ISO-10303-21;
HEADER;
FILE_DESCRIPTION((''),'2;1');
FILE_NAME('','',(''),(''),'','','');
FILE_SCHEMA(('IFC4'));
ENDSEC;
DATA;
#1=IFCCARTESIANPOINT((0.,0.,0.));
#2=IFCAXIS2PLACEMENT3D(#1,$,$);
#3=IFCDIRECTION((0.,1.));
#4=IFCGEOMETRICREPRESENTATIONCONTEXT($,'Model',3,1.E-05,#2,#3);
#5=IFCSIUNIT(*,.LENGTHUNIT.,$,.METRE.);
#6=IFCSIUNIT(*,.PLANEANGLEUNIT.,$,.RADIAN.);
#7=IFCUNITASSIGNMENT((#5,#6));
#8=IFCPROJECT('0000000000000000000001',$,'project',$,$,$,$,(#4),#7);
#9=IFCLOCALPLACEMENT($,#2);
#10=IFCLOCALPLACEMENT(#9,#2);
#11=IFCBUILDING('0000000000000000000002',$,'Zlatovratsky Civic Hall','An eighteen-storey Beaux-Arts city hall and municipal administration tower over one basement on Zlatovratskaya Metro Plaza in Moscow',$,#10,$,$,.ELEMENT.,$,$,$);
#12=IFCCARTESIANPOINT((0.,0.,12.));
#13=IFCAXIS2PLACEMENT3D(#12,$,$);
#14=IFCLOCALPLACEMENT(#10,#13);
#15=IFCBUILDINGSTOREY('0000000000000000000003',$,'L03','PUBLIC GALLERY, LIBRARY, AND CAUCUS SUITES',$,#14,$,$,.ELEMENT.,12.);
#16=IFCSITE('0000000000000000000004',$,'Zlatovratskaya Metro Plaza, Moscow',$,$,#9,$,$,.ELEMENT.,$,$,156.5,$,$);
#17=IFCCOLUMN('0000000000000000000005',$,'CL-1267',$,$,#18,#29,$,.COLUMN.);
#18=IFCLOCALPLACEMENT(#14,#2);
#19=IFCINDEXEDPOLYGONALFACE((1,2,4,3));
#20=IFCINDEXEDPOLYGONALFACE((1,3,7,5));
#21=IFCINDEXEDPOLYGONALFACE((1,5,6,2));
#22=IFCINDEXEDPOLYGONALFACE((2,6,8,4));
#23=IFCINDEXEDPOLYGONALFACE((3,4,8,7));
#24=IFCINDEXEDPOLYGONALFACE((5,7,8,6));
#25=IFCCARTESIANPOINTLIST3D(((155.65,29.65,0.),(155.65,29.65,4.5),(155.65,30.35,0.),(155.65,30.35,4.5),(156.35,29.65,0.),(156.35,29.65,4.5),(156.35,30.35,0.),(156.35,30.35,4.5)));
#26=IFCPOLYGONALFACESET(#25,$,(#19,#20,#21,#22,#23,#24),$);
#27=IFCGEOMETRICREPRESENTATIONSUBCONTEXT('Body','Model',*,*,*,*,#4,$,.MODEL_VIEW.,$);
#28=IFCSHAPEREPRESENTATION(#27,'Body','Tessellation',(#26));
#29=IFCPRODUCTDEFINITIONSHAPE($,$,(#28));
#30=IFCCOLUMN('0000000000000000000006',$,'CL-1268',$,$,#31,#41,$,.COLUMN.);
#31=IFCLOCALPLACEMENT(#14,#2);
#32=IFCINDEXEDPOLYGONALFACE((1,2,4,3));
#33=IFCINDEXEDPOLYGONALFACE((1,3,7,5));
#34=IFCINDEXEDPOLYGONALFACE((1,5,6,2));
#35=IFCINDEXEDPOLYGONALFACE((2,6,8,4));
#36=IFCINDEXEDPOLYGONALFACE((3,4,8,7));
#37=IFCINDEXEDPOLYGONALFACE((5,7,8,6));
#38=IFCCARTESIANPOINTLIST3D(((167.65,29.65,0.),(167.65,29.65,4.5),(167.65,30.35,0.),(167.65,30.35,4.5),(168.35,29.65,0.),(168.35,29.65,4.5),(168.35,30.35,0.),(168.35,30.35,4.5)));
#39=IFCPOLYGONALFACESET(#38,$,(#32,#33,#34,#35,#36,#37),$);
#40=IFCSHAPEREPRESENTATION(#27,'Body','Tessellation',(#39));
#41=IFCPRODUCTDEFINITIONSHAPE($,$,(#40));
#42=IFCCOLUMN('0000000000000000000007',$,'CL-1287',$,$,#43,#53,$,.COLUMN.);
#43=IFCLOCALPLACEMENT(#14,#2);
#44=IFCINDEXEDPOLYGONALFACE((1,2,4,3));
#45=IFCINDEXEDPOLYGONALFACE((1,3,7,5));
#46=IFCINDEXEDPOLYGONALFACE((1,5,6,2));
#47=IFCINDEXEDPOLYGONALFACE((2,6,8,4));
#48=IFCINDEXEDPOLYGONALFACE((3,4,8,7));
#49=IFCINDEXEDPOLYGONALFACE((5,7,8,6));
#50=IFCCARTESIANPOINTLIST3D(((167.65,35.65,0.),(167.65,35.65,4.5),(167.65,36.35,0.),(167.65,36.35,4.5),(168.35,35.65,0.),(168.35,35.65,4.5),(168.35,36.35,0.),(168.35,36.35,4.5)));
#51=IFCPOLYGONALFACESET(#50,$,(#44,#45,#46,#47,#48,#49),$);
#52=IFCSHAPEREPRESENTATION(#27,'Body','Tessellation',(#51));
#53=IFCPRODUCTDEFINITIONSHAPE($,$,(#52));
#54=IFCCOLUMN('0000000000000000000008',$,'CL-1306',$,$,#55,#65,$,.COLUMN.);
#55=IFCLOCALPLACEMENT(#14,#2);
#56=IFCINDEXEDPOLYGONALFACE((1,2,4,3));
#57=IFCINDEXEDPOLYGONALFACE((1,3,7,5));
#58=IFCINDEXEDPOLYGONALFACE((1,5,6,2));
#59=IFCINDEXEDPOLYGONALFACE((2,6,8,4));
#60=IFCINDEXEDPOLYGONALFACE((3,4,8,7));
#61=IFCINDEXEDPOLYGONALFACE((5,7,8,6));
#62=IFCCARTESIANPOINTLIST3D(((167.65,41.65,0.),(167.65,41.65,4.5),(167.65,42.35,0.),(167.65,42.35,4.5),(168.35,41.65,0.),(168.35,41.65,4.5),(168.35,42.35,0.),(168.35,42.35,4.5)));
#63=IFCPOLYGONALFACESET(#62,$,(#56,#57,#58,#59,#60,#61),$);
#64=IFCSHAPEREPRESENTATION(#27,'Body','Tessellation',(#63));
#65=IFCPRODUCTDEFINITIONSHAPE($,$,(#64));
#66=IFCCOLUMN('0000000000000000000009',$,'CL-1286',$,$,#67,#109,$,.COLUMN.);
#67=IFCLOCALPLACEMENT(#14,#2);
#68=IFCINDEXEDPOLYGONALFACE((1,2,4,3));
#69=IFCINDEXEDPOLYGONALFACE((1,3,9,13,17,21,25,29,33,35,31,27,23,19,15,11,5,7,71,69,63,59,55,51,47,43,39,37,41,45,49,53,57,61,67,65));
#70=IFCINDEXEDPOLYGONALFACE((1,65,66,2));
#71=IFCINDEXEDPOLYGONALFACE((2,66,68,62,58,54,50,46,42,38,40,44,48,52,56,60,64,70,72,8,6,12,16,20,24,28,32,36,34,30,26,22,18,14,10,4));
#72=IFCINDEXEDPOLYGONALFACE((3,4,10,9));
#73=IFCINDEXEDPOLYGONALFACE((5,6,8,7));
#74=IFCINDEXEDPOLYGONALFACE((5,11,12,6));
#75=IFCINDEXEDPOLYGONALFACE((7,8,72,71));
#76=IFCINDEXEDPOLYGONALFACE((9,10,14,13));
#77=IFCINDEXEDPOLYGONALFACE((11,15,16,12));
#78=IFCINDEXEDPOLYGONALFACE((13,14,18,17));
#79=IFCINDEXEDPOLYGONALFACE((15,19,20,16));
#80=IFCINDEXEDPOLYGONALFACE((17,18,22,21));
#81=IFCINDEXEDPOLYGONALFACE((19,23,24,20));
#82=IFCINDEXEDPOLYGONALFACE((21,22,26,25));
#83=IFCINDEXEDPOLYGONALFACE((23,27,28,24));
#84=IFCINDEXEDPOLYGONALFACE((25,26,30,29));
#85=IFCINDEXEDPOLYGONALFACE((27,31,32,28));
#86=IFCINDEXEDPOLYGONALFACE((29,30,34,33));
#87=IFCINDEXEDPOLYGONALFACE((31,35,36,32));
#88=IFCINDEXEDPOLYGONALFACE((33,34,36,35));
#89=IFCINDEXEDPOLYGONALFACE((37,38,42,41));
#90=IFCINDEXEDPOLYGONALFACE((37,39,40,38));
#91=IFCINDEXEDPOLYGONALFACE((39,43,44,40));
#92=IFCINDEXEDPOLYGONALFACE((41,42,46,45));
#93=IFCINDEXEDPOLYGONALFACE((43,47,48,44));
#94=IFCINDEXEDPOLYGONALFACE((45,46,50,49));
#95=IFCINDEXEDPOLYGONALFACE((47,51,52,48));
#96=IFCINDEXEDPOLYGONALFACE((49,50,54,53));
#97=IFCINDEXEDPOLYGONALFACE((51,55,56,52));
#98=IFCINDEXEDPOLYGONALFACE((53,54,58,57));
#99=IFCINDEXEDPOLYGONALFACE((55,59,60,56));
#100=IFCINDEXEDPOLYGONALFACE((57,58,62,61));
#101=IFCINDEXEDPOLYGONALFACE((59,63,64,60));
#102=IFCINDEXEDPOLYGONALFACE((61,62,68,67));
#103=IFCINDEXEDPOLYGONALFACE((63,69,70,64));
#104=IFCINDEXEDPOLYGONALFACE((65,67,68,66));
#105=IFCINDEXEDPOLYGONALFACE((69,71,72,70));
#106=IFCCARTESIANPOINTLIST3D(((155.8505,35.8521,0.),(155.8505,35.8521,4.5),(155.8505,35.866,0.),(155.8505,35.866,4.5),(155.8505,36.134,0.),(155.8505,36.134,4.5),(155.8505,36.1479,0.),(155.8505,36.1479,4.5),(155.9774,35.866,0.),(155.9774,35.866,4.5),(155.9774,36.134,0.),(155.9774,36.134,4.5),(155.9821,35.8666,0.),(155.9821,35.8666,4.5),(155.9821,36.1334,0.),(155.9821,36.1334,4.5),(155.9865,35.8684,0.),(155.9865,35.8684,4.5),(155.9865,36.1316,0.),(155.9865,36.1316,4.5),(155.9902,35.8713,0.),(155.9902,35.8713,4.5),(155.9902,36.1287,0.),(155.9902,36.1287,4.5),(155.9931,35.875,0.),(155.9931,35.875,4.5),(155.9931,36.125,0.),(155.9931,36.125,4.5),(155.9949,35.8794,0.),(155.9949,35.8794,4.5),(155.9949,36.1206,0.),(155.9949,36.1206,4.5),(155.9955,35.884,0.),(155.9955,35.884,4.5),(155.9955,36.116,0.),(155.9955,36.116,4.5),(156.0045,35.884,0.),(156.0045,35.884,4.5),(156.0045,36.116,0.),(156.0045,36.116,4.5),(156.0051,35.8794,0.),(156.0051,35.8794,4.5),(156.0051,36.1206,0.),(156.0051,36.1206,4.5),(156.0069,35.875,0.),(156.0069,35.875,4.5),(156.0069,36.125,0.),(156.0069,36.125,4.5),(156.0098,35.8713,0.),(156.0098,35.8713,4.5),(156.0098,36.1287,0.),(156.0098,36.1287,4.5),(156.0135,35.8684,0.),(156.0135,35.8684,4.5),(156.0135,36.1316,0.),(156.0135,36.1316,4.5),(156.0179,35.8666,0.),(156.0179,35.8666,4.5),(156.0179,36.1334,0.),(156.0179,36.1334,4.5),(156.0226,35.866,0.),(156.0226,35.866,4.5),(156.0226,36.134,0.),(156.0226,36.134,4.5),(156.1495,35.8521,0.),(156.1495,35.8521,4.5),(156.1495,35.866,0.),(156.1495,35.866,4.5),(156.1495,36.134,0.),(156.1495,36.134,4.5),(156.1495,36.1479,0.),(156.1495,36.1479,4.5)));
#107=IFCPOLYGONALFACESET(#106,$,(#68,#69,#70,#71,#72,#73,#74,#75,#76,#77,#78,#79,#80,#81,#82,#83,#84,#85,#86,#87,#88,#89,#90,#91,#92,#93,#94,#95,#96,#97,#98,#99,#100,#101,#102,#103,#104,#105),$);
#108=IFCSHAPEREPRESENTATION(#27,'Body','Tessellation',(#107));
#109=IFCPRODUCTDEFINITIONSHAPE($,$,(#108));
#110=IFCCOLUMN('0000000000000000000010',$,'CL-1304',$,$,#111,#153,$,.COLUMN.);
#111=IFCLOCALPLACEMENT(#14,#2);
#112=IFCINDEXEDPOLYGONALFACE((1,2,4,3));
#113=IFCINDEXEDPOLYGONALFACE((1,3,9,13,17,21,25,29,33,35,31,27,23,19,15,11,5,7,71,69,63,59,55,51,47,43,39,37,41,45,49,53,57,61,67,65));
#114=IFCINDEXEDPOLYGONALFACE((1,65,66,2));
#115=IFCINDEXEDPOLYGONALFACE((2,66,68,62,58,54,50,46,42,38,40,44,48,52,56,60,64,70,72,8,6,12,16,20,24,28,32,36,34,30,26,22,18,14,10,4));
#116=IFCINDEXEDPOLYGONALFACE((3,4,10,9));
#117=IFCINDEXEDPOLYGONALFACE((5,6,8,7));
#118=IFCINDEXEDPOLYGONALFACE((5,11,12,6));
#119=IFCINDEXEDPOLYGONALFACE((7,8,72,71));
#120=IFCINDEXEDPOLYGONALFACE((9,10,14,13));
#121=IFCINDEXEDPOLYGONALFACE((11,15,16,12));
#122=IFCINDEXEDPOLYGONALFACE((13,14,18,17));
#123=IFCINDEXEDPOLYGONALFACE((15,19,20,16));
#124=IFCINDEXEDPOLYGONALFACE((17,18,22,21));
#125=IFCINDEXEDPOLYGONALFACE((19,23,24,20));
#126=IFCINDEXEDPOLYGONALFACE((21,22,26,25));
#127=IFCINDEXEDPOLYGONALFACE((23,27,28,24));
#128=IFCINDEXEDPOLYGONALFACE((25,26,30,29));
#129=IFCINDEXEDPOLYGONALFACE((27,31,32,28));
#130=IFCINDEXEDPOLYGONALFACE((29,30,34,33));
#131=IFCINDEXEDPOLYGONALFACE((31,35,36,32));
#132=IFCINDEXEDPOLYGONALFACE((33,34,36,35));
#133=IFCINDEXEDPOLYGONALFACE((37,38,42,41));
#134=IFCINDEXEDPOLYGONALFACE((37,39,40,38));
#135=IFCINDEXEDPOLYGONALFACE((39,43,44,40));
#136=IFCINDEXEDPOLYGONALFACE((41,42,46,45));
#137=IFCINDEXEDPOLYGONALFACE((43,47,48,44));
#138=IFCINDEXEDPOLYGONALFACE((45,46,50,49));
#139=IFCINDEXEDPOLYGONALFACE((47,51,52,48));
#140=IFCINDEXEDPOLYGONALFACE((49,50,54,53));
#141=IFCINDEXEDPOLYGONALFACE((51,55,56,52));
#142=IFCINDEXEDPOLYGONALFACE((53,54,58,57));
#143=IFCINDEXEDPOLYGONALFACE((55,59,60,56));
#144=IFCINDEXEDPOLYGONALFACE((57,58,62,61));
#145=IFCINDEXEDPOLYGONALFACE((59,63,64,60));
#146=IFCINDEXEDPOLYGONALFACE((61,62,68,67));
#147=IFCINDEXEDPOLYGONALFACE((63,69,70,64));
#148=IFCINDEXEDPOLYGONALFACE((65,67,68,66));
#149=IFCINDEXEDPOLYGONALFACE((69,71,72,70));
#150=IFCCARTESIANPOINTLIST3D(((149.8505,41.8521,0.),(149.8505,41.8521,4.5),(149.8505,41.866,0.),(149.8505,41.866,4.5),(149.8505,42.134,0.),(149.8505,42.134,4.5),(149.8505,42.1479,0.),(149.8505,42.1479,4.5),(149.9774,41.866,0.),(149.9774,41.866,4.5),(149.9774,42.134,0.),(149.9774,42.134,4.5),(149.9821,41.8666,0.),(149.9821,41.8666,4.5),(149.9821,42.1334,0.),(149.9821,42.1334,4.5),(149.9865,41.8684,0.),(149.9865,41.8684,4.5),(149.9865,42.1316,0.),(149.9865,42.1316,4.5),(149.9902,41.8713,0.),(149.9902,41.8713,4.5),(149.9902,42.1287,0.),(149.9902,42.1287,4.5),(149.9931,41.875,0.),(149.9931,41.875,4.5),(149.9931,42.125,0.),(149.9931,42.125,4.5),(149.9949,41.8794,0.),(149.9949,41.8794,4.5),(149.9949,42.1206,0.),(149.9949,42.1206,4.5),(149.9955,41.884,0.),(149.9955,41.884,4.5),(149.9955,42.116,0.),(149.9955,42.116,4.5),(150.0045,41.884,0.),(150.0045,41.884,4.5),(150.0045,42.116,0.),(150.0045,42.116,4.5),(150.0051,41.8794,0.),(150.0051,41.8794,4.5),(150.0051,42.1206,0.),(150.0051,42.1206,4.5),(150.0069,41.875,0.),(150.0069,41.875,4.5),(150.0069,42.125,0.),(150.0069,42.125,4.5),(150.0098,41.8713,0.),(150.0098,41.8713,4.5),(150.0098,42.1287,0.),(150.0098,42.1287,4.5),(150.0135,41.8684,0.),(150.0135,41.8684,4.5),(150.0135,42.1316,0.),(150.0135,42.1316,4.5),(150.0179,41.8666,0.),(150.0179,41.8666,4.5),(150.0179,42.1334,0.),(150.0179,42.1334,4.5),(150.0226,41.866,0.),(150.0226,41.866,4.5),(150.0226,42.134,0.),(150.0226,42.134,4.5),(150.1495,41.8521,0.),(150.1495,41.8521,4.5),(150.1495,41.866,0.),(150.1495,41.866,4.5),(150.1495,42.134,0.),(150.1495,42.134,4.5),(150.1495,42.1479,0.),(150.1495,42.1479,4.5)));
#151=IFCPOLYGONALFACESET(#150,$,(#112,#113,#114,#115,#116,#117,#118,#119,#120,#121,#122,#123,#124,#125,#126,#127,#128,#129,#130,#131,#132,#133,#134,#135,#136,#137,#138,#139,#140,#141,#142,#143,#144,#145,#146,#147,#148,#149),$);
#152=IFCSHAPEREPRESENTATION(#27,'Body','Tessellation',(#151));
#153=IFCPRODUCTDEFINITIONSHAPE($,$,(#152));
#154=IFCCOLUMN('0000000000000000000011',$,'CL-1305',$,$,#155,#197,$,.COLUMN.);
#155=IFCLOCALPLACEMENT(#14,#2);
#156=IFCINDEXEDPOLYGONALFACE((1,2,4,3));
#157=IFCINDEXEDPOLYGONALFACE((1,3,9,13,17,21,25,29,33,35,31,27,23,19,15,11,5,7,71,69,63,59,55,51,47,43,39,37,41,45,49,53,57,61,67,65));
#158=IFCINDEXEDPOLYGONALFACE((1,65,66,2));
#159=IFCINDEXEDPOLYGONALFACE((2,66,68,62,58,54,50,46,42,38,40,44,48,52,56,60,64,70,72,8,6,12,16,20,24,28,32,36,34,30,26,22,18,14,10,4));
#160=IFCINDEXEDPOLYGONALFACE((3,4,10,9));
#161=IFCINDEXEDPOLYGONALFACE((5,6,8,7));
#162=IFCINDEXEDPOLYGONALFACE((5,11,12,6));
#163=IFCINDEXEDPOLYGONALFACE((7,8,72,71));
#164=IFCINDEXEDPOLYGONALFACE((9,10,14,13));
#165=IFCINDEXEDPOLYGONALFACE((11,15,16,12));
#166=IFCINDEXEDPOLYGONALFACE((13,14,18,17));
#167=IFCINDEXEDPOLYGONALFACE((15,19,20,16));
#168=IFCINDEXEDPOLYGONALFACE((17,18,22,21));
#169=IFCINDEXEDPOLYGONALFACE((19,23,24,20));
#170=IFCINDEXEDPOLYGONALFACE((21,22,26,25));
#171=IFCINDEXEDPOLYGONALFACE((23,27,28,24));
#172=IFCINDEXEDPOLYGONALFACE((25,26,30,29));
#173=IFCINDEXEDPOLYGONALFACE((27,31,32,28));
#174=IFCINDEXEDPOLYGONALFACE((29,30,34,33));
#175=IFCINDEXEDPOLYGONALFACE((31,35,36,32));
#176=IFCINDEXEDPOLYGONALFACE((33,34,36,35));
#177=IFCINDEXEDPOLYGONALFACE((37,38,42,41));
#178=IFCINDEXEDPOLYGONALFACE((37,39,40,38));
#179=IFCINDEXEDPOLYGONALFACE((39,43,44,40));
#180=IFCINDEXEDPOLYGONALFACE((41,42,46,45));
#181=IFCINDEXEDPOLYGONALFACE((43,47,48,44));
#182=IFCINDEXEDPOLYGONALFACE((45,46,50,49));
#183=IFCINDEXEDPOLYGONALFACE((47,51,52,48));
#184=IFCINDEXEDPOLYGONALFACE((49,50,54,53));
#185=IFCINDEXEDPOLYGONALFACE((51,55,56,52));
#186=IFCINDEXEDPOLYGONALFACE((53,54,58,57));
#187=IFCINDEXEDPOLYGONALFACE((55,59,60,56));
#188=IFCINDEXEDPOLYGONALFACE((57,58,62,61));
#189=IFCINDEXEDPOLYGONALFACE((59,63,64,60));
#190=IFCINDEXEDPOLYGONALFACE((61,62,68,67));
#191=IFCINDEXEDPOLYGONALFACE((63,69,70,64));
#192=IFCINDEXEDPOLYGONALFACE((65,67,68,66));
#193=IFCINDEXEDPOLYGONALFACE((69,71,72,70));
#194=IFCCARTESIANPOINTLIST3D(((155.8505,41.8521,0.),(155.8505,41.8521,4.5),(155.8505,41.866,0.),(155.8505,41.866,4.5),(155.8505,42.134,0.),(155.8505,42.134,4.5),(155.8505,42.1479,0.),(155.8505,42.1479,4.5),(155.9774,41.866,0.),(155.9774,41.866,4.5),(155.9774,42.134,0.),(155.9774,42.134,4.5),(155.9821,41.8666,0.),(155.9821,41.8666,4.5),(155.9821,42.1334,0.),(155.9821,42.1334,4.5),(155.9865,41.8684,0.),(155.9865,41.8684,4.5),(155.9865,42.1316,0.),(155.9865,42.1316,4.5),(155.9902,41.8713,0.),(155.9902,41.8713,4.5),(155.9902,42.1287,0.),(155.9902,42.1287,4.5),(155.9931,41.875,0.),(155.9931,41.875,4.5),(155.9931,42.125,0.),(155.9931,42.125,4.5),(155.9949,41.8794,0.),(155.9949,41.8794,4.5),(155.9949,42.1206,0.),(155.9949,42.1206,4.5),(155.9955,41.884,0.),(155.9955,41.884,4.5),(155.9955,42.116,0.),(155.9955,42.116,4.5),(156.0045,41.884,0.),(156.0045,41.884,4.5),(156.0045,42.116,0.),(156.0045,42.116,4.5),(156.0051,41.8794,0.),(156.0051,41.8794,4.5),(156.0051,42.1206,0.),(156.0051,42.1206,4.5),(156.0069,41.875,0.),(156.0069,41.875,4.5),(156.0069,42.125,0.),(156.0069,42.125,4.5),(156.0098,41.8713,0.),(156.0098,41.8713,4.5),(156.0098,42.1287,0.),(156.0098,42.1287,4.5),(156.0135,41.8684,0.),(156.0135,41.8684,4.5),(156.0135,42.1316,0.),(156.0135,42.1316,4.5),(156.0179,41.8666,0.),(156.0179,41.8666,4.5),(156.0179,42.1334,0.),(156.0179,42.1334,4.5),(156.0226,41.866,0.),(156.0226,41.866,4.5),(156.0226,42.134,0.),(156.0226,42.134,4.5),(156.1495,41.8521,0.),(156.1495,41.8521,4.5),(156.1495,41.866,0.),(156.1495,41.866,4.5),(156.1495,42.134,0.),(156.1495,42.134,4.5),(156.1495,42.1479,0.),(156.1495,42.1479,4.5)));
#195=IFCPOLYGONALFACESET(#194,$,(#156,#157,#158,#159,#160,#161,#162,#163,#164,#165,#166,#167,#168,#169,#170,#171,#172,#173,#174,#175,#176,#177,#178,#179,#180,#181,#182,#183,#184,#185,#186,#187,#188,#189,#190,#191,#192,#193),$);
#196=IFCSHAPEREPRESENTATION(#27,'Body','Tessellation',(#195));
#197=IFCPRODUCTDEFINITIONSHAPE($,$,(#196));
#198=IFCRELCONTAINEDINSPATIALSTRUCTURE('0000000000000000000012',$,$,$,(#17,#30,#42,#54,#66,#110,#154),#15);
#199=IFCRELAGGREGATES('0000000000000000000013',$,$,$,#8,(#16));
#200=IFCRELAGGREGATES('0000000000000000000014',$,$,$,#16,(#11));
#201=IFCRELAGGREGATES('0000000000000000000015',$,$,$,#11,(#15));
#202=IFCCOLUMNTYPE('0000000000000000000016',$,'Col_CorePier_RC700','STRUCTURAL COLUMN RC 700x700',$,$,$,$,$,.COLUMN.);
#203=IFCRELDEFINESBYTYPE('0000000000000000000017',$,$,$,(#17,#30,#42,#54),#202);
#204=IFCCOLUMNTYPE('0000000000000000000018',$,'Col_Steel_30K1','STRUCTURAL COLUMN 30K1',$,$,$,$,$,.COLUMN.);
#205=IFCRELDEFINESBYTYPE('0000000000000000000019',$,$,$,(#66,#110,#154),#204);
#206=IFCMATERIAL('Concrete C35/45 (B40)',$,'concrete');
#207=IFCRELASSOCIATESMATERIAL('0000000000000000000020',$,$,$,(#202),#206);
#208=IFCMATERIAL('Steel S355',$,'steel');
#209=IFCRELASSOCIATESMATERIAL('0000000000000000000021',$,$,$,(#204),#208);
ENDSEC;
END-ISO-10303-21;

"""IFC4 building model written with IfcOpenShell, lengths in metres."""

from ifc_helpers import new_model, si_unit, direction, frame, origin, origin_2d, place, context, subcontext, project, spatial, rectangle, i_section, extrude, material, material_profile, profile_set, type_object, element, save


model = new_model("IFC4")

# Units and contexts
model_context = context("Model", 3, precision=1e-05, world=origin(), true_north=direction((0.0, 1.0)))
body_context = subcontext(model_context, "Body", "Model", "MODEL_VIEW")
ifc_project = project(units=[si_unit("LENGTHUNIT", "METRE"), si_unit("PLANEANGLEUNIT", "RADIAN")], contexts=[model_context])

# Site, building, storey
site_placement = place(None, origin())
site = spatial("IfcSite", under=ifc_project, at=site_placement, Name="Zlatovratskaya Metro Plaza, Moscow", CompositionType="ELEMENT", RefElevation=156.5)
building_placement = place(site_placement, origin())
building = spatial("IfcBuilding", under=site, at=building_placement, Name="Zlatovratsky Civic Hall", Description="An eighteen-storey Beaux-Arts city hall and municipal administration tower over one basement on Zlatovratskaya Metro Plaza in Moscow", CompositionType="ELEMENT")
storey_placement = place(building_placement, frame((0.0, 0.0, 12.0)))
storey = spatial("IfcBuildingStorey", under=building, at=storey_placement, Name="L03", Description="PUBLIC GALLERY, LIBRARY, AND CAUCUS SUITES", CompositionType="ELEMENT", Elevation=12.0)

# Columns
ifc_material_1 = material(Name="Concrete C35/45 (B40)", Category="concrete")
ifc_material_profile_1 = material_profile(ifc_material_1, rectangle(XDim=0.7, YDim=0.7, at=origin_2d()), Name="RC 700x700")
ifc_profile_set_1 = profile_set([ifc_material_profile_1], Name="Concrete C35/45 (B40)")
column_type_1 = type_object("IfcColumnType", Name="Col_CorePier_RC700", Description="STRUCTURAL COLUMN RC 700x700", PredefinedType="COLUMN", material=ifc_profile_set_1)
for number, where, z_axis, x_axis, name in (
    (1, (156.0, 30.0, 0.0), (0.0, 0.0, 1.0), (1.0, 0.0, 0.0), "CL-1267"),
    (2, (168.0, 30.0, 0.0), (0.0, 0.0, 1.0), (1.0, 0.0, 0.0), "CL-1268"),
    (3, (168.0, 36.0, 0.0), (0.0, 0.0, 1.0), (1.0, 0.0, 0.0), "CL-1287"),
    (4, (168.0, 42.0, 0.0), (0.0, 0.0, 1.0), (1.0, 0.0, 0.0), "CL-1306"),
):
    element("IfcColumn", number, at=place(storey_placement, frame(where, z_axis=z_axis, x_axis=x_axis)), inside=storey, type_object=column_type_1, Name=name, PredefinedType="COLUMN", context=body_context, shape_type="SweptSolid", body=[
        extrude(rectangle(XDim=0.7, YDim=0.7, at=origin_2d()), origin(), (0.0, 0.0, 1.0), 4.5),
    ])
ifc_material_2 = material(Name="Steel S355", Category="steel")
ifc_material_profile_2 = material_profile(ifc_material_2, i_section(OverallWidth=0.2991, OverallDepth=0.2959, WebThickness=0.009, FlangeThickness=0.0139, FilletRadius=0.0181, at=origin_2d()), Name="30K1")
ifc_profile_set_2 = profile_set([ifc_material_profile_2], Name="Steel S355")
column_type_2 = type_object("IfcColumnType", Name="Col_Steel_30K1", Description="STRUCTURAL COLUMN 30K1", PredefinedType="COLUMN", material=ifc_profile_set_2)
for number, where, z_axis, x_axis, name in (
    (5, (156.0, 36.0, 0.0), (0.0, 0.0, 1.0), (1.0, 0.0, 0.0), "CL-1286"),
    (6, (150.0, 42.0, 0.0), (0.0, 0.0, 1.0), (1.0, 0.0, 0.0), "CL-1304"),
    (7, (156.0, 42.0, 0.0), (0.0, 0.0, 1.0), (1.0, 0.0, 0.0), "CL-1305"),
):
    element("IfcColumn", number, at=place(storey_placement, frame(where, z_axis=z_axis, x_axis=x_axis)), inside=storey, type_object=column_type_2, Name=name, PredefinedType="COLUMN", context=body_context, shape_type="SweptSolid", body=[
        extrude(i_section(OverallWidth=0.2991, OverallDepth=0.2959, WebThickness=0.009, FlangeThickness=0.0139, FilletRadius=0.0181, at=origin_2d()), origin(), (0.0, 0.0, 1.0), 4.5),
    ])

save(model, "model.ifc")
